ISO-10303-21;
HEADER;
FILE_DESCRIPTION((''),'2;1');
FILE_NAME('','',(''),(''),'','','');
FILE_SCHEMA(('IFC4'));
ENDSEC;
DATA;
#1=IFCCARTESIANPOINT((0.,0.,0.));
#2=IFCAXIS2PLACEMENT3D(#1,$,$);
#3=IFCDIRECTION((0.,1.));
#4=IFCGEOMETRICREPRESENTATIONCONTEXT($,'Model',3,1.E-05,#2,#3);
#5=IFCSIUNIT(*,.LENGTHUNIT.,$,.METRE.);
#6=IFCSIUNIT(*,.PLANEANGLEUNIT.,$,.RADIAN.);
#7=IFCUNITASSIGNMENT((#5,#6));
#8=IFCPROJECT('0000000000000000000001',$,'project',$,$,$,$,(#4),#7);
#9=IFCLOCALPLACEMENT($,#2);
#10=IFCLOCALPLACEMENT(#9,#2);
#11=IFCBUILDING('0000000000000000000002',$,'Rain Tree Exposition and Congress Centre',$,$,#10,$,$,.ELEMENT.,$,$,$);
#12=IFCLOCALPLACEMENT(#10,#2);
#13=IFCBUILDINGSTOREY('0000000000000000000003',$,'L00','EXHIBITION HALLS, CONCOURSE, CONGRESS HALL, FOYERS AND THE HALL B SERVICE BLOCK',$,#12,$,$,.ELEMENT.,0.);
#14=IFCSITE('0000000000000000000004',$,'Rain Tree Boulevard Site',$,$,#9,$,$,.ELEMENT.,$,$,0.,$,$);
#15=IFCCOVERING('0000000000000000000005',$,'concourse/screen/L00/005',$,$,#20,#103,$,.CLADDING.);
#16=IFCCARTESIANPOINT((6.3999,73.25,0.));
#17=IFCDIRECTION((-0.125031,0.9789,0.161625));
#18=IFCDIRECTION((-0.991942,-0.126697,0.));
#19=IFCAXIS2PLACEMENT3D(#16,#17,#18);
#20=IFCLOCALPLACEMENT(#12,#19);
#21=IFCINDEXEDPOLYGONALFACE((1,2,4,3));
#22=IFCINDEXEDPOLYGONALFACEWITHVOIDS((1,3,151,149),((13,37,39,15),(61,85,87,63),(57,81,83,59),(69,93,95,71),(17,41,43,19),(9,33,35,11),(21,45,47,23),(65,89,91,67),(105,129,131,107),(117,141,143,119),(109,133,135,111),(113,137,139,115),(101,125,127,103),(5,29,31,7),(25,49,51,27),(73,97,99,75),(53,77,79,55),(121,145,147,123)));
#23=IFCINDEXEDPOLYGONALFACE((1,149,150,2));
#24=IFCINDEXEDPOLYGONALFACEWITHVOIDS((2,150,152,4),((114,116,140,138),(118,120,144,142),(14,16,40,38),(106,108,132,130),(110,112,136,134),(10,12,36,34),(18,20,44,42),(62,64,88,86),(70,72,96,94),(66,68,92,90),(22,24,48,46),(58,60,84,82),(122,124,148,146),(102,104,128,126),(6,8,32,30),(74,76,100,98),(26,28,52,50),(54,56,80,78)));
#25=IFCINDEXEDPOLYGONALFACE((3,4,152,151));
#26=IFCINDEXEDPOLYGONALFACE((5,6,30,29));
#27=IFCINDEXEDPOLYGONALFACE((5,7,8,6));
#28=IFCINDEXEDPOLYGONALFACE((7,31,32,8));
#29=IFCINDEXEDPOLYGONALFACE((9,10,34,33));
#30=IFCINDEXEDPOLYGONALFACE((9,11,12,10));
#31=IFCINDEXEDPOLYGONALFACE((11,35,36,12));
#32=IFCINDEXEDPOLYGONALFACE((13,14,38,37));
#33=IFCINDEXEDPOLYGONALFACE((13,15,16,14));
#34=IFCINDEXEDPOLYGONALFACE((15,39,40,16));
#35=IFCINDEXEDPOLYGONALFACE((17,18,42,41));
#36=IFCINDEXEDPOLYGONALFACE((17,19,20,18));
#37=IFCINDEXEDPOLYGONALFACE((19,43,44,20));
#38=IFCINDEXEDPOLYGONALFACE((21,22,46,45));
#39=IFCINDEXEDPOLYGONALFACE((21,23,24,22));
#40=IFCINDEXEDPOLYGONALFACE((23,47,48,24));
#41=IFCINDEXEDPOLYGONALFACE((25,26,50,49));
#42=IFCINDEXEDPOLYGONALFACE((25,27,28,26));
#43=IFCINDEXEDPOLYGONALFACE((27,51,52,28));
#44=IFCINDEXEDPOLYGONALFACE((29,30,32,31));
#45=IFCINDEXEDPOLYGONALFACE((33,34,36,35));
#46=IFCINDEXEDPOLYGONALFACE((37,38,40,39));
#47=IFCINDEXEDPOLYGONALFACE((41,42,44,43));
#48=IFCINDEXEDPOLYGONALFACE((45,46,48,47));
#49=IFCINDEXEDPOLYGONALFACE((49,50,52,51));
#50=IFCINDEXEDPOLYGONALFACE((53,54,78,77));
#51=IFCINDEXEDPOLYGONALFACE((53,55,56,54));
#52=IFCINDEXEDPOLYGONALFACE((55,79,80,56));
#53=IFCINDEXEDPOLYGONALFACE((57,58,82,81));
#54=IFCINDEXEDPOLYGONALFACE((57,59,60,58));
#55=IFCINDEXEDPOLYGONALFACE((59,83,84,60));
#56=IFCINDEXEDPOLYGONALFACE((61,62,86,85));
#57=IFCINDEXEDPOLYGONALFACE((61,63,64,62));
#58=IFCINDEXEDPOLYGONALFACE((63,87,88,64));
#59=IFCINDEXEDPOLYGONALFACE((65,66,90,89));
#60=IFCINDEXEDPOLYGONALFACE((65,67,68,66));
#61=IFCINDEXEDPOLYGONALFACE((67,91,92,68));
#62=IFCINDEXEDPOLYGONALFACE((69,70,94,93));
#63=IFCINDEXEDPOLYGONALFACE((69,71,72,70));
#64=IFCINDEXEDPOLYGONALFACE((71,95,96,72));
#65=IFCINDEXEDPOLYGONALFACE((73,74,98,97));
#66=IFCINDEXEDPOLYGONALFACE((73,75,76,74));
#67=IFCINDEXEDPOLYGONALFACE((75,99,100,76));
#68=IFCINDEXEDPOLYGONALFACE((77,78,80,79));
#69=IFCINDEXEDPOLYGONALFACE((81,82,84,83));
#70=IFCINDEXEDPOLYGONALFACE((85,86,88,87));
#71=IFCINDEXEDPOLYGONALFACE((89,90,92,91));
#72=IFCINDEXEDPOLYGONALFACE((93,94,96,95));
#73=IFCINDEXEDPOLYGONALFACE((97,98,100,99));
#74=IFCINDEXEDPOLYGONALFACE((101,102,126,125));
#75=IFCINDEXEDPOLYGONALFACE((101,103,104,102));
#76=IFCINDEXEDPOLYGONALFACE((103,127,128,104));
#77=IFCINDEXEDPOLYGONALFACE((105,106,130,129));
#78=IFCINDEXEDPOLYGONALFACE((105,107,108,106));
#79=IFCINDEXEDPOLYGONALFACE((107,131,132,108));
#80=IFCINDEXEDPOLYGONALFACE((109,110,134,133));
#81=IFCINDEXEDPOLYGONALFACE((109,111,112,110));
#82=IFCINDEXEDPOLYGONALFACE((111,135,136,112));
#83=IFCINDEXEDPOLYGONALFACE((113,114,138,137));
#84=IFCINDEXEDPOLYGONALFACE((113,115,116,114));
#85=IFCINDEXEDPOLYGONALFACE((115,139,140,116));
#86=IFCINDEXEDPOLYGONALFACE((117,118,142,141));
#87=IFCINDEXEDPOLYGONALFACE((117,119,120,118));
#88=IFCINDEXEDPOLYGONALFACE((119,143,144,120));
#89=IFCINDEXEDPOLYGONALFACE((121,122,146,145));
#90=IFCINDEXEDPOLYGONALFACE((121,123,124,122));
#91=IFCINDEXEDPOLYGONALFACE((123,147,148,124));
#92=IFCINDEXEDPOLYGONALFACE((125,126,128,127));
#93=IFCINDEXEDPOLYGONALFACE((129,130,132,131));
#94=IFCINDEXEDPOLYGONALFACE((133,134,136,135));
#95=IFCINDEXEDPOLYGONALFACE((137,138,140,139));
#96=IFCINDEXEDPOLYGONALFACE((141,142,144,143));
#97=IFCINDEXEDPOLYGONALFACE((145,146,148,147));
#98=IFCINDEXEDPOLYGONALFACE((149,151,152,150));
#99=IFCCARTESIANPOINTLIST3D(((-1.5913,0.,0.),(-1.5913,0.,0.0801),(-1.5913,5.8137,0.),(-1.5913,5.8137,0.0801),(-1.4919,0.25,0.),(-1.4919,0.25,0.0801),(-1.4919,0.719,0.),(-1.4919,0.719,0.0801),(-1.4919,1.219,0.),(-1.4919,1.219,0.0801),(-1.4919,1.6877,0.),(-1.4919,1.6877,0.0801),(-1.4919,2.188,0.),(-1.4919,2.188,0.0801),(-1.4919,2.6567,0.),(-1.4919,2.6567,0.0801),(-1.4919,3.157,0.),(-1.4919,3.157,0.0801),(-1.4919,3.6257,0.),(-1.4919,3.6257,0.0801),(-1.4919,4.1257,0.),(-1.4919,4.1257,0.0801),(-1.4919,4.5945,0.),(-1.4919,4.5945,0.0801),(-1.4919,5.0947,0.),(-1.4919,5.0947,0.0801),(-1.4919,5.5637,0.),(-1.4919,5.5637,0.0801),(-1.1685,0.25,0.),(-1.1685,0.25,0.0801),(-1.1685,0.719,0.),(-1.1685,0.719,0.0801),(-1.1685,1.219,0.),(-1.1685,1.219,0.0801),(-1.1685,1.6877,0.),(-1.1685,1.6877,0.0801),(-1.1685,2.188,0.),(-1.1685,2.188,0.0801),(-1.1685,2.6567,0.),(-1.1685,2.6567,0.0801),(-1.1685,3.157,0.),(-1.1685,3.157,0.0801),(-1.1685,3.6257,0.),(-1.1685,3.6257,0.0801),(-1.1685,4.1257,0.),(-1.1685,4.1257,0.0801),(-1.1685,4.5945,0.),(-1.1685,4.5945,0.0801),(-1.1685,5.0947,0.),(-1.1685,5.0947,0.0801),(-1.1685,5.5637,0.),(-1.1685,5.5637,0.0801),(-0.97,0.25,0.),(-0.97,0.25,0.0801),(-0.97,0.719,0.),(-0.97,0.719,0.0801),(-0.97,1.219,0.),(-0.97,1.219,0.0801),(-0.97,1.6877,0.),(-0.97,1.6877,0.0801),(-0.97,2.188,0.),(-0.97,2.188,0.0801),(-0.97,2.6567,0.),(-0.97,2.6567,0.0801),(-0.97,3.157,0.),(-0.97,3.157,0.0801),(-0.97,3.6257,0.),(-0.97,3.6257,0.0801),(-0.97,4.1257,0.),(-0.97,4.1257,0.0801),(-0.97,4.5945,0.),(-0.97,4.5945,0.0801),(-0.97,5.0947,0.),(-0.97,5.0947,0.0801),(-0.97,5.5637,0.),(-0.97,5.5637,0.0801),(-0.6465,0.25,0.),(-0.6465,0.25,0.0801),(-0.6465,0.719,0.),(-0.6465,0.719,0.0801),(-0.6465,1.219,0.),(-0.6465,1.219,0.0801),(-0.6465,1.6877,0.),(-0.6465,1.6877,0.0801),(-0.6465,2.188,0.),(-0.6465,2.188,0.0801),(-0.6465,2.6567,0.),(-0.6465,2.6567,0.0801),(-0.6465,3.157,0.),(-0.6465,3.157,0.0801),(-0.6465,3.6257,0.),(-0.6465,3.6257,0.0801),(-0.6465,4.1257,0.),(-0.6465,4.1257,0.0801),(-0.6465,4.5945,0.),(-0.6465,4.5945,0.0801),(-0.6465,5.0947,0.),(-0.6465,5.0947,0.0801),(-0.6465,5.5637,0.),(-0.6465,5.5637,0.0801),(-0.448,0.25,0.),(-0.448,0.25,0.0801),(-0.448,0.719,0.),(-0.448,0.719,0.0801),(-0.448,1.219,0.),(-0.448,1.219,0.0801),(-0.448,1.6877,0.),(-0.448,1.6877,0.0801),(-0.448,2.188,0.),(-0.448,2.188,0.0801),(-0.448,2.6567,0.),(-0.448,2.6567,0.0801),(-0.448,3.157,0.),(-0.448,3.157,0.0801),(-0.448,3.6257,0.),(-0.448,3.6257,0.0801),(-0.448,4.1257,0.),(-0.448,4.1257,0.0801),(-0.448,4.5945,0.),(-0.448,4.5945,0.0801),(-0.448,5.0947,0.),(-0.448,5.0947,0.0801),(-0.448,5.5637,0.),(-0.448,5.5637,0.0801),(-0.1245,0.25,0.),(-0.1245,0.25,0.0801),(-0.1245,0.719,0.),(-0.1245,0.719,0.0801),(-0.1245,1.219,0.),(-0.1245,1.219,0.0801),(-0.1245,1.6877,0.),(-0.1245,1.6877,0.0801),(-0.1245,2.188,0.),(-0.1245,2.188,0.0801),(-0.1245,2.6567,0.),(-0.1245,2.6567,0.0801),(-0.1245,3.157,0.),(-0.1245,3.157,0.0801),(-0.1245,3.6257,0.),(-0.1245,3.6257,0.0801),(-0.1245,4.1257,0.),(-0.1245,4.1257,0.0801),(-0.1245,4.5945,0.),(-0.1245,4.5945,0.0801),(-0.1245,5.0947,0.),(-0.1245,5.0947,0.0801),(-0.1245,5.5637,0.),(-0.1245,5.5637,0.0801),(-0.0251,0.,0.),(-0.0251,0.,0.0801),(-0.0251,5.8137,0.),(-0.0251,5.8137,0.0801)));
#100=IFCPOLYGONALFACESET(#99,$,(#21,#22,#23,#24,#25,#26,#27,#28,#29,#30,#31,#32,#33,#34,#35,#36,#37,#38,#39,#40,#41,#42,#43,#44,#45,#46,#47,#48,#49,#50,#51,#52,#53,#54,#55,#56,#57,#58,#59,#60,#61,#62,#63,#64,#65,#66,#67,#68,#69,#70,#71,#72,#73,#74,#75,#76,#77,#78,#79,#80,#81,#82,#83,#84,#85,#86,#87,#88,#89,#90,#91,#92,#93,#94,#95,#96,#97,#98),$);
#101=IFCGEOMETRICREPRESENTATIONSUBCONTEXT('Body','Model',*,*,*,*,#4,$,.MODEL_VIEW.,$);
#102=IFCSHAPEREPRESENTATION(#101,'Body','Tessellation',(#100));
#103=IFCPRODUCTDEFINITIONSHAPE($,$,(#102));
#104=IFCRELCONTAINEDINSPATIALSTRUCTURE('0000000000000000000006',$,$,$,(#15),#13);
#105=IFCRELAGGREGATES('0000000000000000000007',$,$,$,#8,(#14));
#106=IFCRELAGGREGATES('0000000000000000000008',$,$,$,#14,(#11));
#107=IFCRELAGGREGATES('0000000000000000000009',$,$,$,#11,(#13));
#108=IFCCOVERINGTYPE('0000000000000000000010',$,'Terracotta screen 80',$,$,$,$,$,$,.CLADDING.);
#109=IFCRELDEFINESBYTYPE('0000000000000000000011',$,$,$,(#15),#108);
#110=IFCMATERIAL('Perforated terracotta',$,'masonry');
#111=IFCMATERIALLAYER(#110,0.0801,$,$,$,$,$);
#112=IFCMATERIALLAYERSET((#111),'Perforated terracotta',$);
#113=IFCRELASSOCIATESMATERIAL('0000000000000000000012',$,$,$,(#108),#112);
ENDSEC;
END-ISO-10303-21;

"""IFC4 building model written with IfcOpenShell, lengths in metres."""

from ifc_helpers import new_model, si_unit, direction, frame, origin, place, context, subcontext, project, spatial, polyline, outline, extrude, material, layer, layer_set, type_object, element, save


model = new_model("IFC4")

# Units and contexts
model_context = context("Model", 3, precision=1e-05, world=origin(), true_north=direction((0.0, 1.0)))
body_context = subcontext(model_context, "Body", "Model", "MODEL_VIEW")
ifc_project = project(units=[si_unit("LENGTHUNIT", "METRE"), si_unit("PLANEANGLEUNIT", "RADIAN")], contexts=[model_context])

# Site, building, storey
site_placement = place(None, origin())
site = spatial("IfcSite", under=ifc_project, at=site_placement, Name="Rain Tree Boulevard Site", CompositionType="ELEMENT", RefElevation=0.0)
building_placement = place(site_placement, origin())
building = spatial("IfcBuilding", under=site, at=building_placement, Name="Rain Tree Exposition and Congress Centre", CompositionType="ELEMENT")
storey_placement = place(building_placement, origin())
storey = spatial("IfcBuildingStorey", under=building, at=storey_placement, Name="L00", Description="EXHIBITION HALLS, CONCOURSE, CONGRESS HALL, FOYERS AND THE HALL B SERVICE BLOCK", CompositionType="ELEMENT", Elevation=0.0)

# Covering
ifc_material_1 = material(Name="Perforated terracotta", Category="masonry")
ifc_layer_1 = layer(ifc_material_1, 0.0801)
ifc_layer_set_1 = layer_set([ifc_layer_1], Name="Perforated terracotta")
covering_type = type_object("IfcCoveringType", Name="Terracotta screen 80", PredefinedType="CLADDING", material=ifc_layer_set_1)
covering_1_placement = place(storey_placement, frame((6.3999, 73.25, 0.0), z_axis=(-0.125031, 0.9789, 0.161625), x_axis=(-0.991942, -0.126697, 0.0)))
element("IfcCovering", 1, at=covering_1_placement, inside=storey, type_object=covering_type, Name="concourse/screen/L00/005", PredefinedType="CLADDING", context=body_context, shape_type="SweptSolid", body=[
    extrude(outline(polyline([(-0.0251, 0.0), (-1.5913, 0.0), (-1.5913, 5.8137), (-0.0251, 5.8137), (-0.0251, 0.0)]), holes=[polyline([(-0.1245, 0.25), (-0.1245, 0.719), (-0.448, 0.719), (-0.448, 0.25), (-0.1245, 0.25)]), polyline([(-0.1245, 1.219), (-0.1245, 1.6877), (-0.448, 1.6877), (-0.448, 1.219), (-0.1245, 1.219)]), polyline([(-0.1245, 2.188), (-0.1245, 2.6567), (-0.448, 2.6567), (-0.448, 2.188), (-0.1245, 2.188)]), polyline([(-0.1245, 3.157), (-0.1245, 3.6257), (-0.448, 3.6257), (-0.448, 3.157), (-0.1245, 3.157)]), polyline([(-0.1245, 4.1257), (-0.1245, 4.5945), (-0.448, 4.5945), (-0.448, 4.1257), (-0.1245, 4.1257)]), polyline([(-0.1245, 5.0947), (-0.1245, 5.5637), (-0.448, 5.5637), (-0.448, 5.0947), (-0.1245, 5.0947)]), polyline([(-0.6465, 0.25), (-0.6465, 0.719), (-0.97, 0.719), (-0.97, 0.25), (-0.6465, 0.25)]), polyline([(-0.6465, 1.219), (-0.6465, 1.6877), (-0.97, 1.6877), (-0.97, 1.219), (-0.6465, 1.219)]), polyline([(-0.6465, 2.188), (-0.6465, 2.6567), (-0.97, 2.6567), (-0.97, 2.188), (-0.6465, 2.188)]), polyline([(-0.6465, 3.157), (-0.6465, 3.6257), (-0.97, 3.6257), (-0.97, 3.157), (-0.6465, 3.157)]), polyline([(-0.6465, 4.1257), (-0.6465, 4.5945), (-0.97, 4.5945), (-0.97, 4.1257), (-0.6465, 4.1257)]), polyline([(-0.6465, 5.0947), (-0.6465, 5.5637), (-0.97, 5.5637), (-0.97, 5.0947), (-0.6465, 5.0947)]), polyline([(-1.1685, 0.25), (-1.1685, 0.719), (-1.4919, 0.719), (-1.4919, 0.25), (-1.1685, 0.25)]), polyline([(-1.1685, 1.219), (-1.1685, 1.6877), (-1.4919, 1.6877), (-1.4919, 1.219), (-1.1685, 1.219)]), polyline([(-1.1685, 2.188), (-1.1685, 2.6567), (-1.4919, 2.6567), (-1.4919, 2.188), (-1.1685, 2.188)]), polyline([(-1.1685, 3.157), (-1.1685, 3.6257), (-1.4919, 3.6257), (-1.4919, 3.157), (-1.1685, 3.157)]), polyline([(-1.1685, 4.1257), (-1.1685, 4.5945), (-1.4919, 4.5945), (-1.4919, 4.1257), (-1.1685, 4.1257)]), polyline([(-1.1685, 5.0947), (-1.1685, 5.5637), (-1.4919, 5.5637), (-1.4919, 5.0947), (-1.1685, 5.0947)])]), origin(), (0.0, 0.0, 1.0), 0.0801),
])

save(model, "model.ifc")
